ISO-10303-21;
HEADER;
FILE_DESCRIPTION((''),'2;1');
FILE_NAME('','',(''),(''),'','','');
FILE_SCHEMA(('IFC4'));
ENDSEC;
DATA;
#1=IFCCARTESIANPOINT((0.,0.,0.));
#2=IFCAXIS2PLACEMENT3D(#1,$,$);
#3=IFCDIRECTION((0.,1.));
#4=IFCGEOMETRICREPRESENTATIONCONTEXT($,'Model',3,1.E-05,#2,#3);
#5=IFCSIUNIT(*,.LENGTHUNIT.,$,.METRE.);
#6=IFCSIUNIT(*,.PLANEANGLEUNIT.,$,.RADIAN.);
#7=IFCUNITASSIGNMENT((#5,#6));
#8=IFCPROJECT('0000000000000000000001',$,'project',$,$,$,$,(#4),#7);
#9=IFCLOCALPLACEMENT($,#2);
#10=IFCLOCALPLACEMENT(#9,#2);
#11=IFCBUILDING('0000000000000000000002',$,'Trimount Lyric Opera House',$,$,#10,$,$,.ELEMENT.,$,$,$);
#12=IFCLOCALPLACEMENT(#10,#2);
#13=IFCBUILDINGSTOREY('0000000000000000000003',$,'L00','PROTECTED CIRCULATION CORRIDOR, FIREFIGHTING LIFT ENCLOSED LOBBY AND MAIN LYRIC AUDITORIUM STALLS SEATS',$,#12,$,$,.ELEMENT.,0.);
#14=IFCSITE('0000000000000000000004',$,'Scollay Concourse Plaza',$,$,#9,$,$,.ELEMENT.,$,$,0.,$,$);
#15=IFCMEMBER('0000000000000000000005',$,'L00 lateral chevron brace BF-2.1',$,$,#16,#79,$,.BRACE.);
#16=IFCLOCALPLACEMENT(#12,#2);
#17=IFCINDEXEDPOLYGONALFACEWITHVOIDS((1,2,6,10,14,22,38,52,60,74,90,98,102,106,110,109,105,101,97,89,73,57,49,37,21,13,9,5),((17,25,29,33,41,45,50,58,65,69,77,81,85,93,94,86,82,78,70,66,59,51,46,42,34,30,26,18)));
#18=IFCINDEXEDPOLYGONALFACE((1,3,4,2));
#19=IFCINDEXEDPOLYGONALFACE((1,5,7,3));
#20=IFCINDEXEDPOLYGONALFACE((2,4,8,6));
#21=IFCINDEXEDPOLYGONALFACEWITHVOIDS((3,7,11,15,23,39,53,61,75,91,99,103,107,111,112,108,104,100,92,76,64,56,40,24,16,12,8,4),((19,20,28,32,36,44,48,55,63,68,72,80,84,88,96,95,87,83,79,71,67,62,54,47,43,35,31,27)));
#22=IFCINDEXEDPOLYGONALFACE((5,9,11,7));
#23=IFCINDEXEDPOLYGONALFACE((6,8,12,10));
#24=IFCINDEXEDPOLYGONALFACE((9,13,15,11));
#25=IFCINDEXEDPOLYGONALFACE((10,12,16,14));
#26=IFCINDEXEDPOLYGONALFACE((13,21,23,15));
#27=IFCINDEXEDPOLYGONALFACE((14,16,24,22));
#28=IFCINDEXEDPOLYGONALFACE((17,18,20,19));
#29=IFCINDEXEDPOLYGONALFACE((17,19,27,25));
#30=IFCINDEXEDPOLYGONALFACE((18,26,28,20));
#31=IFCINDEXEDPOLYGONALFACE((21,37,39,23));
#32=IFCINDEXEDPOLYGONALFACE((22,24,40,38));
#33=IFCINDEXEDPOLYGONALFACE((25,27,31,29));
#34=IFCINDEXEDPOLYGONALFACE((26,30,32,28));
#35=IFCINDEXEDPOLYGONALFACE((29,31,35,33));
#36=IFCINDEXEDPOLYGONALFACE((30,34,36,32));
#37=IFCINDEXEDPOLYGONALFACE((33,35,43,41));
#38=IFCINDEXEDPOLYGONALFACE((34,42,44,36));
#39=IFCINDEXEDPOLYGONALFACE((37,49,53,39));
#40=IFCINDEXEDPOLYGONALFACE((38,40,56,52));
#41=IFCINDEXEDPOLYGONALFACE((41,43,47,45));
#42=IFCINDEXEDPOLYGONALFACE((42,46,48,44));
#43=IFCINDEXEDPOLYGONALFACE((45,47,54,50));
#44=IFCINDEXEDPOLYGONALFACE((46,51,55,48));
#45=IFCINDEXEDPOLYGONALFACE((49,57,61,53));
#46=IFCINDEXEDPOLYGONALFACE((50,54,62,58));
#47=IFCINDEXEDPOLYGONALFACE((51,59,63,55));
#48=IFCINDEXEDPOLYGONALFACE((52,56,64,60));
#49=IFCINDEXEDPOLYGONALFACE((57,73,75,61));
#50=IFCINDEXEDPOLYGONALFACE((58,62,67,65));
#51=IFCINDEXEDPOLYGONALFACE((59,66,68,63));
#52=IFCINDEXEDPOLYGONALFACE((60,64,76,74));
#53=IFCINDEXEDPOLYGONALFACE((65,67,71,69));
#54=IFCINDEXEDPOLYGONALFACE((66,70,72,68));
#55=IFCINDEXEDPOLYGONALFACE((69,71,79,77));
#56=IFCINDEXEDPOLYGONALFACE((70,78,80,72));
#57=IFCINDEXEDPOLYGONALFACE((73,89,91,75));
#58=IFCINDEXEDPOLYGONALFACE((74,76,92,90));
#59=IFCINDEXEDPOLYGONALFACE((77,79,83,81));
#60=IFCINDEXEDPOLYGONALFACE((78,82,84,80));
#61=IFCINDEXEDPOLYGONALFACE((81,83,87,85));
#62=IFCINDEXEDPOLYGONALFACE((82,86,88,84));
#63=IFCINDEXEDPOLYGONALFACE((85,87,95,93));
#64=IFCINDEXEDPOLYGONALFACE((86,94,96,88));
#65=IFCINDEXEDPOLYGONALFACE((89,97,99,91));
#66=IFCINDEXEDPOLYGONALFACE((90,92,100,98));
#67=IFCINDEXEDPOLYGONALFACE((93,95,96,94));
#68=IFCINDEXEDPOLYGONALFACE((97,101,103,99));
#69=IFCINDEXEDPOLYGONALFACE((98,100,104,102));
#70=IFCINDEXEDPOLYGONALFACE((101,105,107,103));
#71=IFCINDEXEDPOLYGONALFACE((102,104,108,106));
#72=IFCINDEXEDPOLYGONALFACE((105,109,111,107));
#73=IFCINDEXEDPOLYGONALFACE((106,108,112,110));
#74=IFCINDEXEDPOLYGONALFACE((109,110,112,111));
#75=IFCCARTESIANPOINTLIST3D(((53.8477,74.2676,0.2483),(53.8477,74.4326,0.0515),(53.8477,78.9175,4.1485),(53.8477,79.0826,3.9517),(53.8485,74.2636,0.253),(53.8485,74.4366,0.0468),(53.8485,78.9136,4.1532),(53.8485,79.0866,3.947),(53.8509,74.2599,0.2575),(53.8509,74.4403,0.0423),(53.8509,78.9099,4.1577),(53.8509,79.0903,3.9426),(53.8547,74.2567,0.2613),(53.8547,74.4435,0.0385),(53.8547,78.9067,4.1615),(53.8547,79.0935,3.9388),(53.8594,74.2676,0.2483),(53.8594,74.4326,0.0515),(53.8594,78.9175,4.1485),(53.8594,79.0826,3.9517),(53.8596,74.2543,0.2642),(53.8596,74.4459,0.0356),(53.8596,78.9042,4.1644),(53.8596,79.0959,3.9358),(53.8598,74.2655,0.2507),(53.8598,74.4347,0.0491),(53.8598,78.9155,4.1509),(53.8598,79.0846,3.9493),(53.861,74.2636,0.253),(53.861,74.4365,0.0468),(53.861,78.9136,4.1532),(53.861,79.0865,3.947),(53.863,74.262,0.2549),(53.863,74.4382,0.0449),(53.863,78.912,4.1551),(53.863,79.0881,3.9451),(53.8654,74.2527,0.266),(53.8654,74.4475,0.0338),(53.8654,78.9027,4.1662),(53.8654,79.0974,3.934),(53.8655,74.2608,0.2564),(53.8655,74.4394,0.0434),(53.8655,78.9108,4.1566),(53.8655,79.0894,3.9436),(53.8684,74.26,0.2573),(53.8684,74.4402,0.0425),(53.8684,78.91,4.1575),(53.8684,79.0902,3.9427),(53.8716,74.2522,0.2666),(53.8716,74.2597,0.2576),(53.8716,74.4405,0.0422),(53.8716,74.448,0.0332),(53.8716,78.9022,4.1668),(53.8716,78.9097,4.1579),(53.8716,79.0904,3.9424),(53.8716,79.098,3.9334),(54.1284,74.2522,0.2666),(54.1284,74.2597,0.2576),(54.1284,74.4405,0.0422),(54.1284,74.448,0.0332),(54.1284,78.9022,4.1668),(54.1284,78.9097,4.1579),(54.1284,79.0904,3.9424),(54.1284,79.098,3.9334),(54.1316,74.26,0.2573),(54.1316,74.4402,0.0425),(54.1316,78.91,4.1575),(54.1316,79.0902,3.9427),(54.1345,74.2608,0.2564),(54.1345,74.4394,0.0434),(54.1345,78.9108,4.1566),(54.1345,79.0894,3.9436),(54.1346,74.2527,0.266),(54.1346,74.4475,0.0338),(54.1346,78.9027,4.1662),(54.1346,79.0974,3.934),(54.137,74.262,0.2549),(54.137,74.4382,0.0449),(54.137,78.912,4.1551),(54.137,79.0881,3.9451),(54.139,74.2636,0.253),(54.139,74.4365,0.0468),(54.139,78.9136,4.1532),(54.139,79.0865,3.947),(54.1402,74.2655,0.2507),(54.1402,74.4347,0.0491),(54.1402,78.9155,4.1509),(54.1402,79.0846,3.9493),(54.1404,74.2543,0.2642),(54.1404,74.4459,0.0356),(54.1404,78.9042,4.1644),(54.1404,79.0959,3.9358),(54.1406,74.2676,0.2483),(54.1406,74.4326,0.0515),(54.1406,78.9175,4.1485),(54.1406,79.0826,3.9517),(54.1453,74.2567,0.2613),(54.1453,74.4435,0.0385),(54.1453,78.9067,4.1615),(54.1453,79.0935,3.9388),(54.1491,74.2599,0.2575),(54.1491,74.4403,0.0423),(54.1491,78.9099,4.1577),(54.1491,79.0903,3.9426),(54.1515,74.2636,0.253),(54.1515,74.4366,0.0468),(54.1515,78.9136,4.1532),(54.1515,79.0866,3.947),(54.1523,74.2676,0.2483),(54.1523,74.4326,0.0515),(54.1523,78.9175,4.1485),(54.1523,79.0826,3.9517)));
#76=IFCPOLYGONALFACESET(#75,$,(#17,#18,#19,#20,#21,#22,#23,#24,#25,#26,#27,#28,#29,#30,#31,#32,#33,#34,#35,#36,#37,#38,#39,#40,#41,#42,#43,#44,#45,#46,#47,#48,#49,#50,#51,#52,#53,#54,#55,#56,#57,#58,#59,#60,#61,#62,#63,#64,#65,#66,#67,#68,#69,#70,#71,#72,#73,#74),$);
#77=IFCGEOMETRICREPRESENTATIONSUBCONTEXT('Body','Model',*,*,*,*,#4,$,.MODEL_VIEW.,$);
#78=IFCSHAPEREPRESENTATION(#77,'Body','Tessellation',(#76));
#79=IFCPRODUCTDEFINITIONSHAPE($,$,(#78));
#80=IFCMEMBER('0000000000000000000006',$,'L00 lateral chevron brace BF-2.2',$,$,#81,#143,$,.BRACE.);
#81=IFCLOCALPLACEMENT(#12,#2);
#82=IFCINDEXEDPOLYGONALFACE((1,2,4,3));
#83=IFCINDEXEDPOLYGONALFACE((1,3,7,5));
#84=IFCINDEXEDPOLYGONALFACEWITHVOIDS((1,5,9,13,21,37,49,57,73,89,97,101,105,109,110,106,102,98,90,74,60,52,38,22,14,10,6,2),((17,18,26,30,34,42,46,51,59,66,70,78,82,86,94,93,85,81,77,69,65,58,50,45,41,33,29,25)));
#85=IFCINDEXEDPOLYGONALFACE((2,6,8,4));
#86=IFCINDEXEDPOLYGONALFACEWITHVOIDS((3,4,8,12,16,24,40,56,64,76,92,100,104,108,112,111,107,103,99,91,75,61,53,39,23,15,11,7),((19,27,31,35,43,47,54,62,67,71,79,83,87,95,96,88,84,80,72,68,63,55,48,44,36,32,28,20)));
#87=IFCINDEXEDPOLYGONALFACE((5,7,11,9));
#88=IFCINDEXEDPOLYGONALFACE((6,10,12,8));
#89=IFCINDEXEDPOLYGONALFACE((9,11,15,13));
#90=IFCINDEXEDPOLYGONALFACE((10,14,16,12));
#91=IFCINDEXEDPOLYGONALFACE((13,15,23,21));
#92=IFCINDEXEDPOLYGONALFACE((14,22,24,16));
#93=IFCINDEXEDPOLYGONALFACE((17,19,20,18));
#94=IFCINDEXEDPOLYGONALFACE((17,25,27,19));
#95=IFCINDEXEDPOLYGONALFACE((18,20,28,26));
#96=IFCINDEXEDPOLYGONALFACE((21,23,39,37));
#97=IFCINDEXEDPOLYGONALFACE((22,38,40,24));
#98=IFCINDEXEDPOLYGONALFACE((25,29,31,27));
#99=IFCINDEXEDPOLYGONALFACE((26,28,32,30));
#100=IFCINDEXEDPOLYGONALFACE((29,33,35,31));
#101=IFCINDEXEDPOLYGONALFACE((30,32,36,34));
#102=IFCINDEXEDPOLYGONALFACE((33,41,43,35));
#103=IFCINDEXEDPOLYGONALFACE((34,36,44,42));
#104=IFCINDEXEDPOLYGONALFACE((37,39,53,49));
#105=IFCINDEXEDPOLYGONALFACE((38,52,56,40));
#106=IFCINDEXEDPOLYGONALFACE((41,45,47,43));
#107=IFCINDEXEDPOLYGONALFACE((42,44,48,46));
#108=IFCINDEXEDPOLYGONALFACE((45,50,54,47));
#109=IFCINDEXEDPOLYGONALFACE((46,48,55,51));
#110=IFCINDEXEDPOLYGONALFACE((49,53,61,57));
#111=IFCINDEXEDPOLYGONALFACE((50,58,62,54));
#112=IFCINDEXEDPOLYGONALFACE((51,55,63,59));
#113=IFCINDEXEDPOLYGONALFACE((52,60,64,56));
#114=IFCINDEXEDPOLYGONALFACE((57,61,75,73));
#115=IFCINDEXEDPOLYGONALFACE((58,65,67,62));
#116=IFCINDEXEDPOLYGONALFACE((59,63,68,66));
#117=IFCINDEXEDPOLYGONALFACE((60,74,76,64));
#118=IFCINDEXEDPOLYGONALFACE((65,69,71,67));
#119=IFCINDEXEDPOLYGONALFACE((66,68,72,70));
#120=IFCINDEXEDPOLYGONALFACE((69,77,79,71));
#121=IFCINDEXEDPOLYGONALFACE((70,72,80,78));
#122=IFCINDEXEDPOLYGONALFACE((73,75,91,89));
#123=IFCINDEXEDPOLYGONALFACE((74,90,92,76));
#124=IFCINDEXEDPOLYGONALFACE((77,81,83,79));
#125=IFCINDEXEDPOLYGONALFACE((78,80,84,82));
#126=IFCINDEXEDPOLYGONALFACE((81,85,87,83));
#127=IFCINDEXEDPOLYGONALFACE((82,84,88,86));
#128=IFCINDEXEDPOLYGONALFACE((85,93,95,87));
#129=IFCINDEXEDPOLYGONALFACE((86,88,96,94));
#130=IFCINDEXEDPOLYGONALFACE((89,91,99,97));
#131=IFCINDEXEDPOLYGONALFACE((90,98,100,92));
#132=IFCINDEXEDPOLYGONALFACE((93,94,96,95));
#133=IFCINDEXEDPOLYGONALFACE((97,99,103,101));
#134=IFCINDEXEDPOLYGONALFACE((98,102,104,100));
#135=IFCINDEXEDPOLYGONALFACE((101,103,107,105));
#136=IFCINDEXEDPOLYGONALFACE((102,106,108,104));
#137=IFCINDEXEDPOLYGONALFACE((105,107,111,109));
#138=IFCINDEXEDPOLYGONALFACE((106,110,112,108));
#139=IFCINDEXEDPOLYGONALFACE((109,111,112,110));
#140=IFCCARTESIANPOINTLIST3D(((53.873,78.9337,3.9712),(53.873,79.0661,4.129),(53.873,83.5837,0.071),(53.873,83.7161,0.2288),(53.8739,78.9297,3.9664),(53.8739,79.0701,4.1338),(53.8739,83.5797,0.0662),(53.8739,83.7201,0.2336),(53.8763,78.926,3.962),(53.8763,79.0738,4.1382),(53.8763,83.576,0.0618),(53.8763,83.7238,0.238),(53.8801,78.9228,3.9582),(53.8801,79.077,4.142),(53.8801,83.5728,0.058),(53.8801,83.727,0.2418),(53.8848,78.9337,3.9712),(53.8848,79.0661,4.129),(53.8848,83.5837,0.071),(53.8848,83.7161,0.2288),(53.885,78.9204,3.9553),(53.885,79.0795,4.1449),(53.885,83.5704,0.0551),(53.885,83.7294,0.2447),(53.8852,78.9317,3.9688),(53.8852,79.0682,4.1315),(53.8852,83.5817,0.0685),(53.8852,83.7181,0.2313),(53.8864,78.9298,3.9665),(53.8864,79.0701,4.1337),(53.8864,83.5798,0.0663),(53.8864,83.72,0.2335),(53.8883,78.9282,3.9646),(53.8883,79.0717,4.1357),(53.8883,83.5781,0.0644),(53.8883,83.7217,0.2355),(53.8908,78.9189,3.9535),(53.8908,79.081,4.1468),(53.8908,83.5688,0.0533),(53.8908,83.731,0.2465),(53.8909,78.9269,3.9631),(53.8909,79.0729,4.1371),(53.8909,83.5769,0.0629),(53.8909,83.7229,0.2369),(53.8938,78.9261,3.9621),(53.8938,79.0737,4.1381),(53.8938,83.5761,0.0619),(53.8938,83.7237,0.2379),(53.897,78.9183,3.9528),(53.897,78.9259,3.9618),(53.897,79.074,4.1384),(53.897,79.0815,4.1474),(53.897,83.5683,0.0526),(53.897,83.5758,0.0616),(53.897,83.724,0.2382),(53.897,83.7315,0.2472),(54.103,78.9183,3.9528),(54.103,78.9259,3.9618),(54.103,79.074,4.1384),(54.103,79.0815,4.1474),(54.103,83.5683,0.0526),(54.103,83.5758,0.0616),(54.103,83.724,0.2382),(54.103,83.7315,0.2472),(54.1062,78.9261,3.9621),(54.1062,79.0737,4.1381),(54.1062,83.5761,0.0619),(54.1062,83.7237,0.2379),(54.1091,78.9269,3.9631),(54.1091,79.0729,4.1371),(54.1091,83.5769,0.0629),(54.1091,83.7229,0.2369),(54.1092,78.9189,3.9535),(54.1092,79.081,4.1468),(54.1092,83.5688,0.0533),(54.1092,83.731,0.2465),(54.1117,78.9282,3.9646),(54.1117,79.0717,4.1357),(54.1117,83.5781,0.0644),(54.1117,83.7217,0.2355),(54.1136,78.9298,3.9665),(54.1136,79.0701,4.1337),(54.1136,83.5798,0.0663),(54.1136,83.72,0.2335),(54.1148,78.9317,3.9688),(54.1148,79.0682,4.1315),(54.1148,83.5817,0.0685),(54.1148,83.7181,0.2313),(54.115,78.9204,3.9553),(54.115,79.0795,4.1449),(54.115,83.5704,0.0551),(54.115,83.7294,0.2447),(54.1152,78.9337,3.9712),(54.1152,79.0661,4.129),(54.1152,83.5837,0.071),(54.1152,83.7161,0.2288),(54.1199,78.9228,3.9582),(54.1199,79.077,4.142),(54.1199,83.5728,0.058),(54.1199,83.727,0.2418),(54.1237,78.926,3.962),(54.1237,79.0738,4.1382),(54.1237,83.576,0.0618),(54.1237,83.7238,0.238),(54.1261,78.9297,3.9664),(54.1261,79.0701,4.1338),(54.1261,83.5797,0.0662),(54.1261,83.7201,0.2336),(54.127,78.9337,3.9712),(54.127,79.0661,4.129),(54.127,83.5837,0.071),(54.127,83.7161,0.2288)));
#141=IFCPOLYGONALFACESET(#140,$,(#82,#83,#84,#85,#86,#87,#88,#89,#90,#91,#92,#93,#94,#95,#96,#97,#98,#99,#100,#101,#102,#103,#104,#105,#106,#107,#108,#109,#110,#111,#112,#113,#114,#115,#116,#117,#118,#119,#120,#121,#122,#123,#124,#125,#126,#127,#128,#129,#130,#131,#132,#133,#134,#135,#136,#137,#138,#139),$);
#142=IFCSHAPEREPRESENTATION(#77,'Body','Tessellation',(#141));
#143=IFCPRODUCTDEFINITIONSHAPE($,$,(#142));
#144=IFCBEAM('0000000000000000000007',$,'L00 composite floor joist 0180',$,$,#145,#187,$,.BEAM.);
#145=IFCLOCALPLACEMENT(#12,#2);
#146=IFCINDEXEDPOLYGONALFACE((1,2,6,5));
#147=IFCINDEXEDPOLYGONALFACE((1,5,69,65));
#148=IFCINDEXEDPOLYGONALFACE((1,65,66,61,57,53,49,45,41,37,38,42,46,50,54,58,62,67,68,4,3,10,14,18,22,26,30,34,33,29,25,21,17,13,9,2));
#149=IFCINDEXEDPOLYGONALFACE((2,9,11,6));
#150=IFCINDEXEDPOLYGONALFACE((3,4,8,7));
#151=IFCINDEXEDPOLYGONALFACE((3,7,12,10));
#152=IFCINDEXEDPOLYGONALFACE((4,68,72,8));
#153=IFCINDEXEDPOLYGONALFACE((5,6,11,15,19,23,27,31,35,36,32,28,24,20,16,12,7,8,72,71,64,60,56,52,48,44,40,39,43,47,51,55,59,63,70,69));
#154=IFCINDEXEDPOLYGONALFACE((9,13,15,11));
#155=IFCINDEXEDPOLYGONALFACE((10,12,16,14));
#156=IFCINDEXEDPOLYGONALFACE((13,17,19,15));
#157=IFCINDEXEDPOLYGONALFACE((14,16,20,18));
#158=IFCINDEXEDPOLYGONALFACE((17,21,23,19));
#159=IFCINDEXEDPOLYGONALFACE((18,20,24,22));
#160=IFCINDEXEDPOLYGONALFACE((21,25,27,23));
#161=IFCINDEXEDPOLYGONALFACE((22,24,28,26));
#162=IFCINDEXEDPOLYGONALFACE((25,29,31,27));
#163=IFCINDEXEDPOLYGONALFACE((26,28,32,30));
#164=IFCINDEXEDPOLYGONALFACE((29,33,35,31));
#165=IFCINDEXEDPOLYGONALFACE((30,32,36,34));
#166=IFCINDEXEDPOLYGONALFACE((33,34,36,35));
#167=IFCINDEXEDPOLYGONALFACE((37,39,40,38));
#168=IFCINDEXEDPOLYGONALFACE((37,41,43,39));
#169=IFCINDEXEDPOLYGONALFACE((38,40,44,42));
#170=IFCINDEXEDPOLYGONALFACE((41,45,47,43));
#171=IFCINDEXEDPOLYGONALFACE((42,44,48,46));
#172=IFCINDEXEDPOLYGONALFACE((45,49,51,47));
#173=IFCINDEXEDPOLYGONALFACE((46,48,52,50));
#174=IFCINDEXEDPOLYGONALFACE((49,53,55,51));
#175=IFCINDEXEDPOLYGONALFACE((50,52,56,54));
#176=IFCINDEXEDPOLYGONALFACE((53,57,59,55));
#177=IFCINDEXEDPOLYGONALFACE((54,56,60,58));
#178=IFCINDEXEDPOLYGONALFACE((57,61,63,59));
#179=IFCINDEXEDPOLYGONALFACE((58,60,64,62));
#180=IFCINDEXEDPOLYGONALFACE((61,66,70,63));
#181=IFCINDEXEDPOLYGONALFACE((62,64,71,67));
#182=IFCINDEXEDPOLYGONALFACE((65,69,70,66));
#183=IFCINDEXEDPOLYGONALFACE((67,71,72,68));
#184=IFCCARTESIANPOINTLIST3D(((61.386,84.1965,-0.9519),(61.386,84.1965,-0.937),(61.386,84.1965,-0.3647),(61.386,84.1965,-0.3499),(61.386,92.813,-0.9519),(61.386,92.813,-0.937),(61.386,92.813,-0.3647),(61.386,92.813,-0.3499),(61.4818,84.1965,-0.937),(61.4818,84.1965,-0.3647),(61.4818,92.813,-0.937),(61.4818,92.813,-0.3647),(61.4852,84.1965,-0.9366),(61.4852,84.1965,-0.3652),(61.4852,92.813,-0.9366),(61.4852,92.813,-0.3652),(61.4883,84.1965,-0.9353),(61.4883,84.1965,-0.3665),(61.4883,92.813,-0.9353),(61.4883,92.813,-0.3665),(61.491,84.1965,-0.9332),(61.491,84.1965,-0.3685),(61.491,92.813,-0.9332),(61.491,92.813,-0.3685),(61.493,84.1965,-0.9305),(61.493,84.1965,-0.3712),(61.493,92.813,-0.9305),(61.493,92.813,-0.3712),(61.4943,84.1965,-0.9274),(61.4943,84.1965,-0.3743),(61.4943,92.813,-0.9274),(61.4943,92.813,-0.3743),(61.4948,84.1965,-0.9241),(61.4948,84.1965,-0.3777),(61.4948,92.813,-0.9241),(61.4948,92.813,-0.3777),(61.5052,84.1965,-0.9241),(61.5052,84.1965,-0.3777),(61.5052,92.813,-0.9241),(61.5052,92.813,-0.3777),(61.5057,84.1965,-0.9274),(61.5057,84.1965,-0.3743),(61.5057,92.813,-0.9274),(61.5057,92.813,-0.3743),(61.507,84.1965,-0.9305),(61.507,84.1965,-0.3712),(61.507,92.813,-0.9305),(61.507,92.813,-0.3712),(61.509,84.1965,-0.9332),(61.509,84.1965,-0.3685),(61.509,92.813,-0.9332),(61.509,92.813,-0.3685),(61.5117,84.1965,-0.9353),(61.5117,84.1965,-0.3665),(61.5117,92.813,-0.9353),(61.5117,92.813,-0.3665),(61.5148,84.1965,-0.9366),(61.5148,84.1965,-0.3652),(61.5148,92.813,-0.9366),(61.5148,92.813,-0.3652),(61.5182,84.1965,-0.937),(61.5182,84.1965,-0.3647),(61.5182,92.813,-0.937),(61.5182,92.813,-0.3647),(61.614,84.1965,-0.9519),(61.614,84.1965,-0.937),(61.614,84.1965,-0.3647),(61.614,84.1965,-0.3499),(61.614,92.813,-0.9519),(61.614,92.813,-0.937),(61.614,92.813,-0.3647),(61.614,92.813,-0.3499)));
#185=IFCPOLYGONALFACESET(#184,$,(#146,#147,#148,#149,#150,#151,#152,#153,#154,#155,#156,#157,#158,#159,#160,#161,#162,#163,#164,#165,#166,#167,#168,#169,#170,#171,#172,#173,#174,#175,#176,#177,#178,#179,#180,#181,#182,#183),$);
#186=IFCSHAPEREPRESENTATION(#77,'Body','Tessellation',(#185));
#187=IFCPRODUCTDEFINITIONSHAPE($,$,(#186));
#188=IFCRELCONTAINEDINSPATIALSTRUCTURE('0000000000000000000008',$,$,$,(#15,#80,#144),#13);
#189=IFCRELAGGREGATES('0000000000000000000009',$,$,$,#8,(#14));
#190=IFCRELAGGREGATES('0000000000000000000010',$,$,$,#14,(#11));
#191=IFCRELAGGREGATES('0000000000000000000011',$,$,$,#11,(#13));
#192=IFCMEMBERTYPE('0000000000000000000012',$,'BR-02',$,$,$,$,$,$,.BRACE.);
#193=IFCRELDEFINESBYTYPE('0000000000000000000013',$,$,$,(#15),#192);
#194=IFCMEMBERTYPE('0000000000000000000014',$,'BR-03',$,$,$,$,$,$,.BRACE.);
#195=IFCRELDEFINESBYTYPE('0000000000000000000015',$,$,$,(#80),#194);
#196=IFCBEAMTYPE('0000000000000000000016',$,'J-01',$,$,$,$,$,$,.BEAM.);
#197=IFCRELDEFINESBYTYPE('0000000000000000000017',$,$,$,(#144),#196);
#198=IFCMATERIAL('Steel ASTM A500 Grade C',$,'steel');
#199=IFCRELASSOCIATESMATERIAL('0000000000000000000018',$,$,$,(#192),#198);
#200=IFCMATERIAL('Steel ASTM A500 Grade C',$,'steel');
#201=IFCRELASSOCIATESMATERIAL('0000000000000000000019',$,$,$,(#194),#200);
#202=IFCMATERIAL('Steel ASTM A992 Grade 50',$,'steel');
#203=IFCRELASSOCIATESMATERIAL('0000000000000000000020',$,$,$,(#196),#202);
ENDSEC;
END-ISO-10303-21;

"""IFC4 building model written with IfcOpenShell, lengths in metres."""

from ifc_helpers import new_model, si_unit, direction, frame, origin, origin_2d, place, context, subcontext, project, spatial, hollow_rectangle, i_section, extrude, material, material_profile, profile_set, type_object, element, save


model = new_model("IFC4")

# Units and contexts
model_context = context("Model", 3, precision=1e-05, world=origin(), true_north=direction((0.0, 1.0)))
body_context = subcontext(model_context, "Body", "Model", "MODEL_VIEW")
ifc_project = project(units=[si_unit("LENGTHUNIT", "METRE"), si_unit("PLANEANGLEUNIT", "RADIAN")], contexts=[model_context])

# Site, building, storey
site_placement = place(None, origin())
site = spatial("IfcSite", under=ifc_project, at=site_placement, Name="Scollay Concourse Plaza", CompositionType="ELEMENT", RefElevation=0.0)
building_placement = place(site_placement, origin())
building = spatial("IfcBuilding", under=site, at=building_placement, Name="Trimount Lyric Opera House", CompositionType="ELEMENT")
storey_placement = place(building_placement, origin())
storey = spatial("IfcBuildingStorey", under=building, at=storey_placement, Name="L00", Description="PROTECTED CIRCULATION CORRIDOR, FIREFIGHTING LIFT ENCLOSED LOBBY AND MAIN LYRIC AUDITORIUM STALLS SEATS", CompositionType="ELEMENT", Elevation=0.0)

# Members
ifc_material_1 = material(Name="Steel ASTM A500 Grade C", Category="steel")
ifc_material_profile_1 = material_profile(ifc_material_1, hollow_rectangle(XDim=0.3047, YDim=0.3047, WallThickness=0.0117, InnerFilletRadius=0.0122, OuterFilletRadius=0.0239, at=origin_2d()), Name="HSS304.8X304.8X12.7")
ifc_profile_set_1 = profile_set([ifc_material_profile_1], Name="Steel ASTM A500 Grade C")
member_type_1 = type_object("IfcMemberType", Name="BR-02", PredefinedType="BRACE", material=ifc_profile_set_1)
member_1_placement = place(storey_placement, frame((54.0, 74.3501, 0.1499), z_axis=(0.0, 0.766173, 0.642634), x_axis=(-1.0, 0.0, 0.0)))
element("IfcMember", 1, at=member_1_placement, inside=storey, type_object=member_type_1, Name="L00 lateral chevron brace BF-2.1", PredefinedType="BRACE", context=body_context, shape_type="SweptSolid", body=[
    extrude(hollow_rectangle(XDim=0.3047, YDim=0.3047, WallThickness=0.0117, InnerFilletRadius=0.0122, OuterFilletRadius=0.0239, at=origin_2d()), origin(), (0.0, 0.0, 1.0), 6.0691),
])
ifc_material_2 = material(Name="Steel ASTM A500 Grade C", Category="steel")
ifc_material_profile_2 = material_profile(ifc_material_2, hollow_rectangle(XDim=0.2539, YDim=0.2539, WallThickness=0.0117, InnerFilletRadius=0.0122, OuterFilletRadius=0.0239, at=origin_2d()), Name="HSS254.0X254.0X12.7")
ifc_profile_set_2 = profile_set([ifc_material_profile_2], Name="Steel ASTM A500 Grade C")
member_type_2 = type_object("IfcMemberType", Name="BR-03", PredefinedType="BRACE", material=ifc_profile_set_2)
member_2_placement = place(storey_placement, frame((54.0, 83.6499, 0.1499), z_axis=(0.0, -0.766173, 0.642634), x_axis=(1.0, 0.0, 0.0)))
element("IfcMember", 2, at=member_2_placement, inside=storey, type_object=member_type_2, Name="L00 lateral chevron brace BF-2.2", PredefinedType="BRACE", context=body_context, shape_type="SweptSolid", body=[
    extrude(hollow_rectangle(XDim=0.2539, YDim=0.2539, WallThickness=0.0117, InnerFilletRadius=0.0122, OuterFilletRadius=0.0239, at=origin_2d()), origin(), (0.0, 0.0, 1.0), 6.0691),
])

# Beam
ifc_material_3 = material(Name="Steel ASTM A992 Grade 50", Category="steel")
ifc_material_profile_3 = material_profile(ifc_material_3, i_section(OverallWidth=0.228, OverallDepth=0.6021, WebThickness=0.0105, FlangeThickness=0.0149, FilletRadius=0.0129, at=origin_2d()), Name="W24X68")
ifc_profile_set_3 = profile_set([ifc_material_profile_3], Name="Steel ASTM A992 Grade 50")
beam_type_1 = type_object("IfcBeamType", Name="J-01", PredefinedType="BEAM", material=ifc_profile_set_3)
beam_1_placement = place(storey_placement, frame((61.5, 84.1965, -0.6509), z_axis=(0.0, 1.0, 0.0), x_axis=(-1.0, 0.0, 0.0)))
element("IfcBeam", 3, at=beam_1_placement, inside=storey, type_object=beam_type_1, Name="L00 composite floor joist 0180", PredefinedType="BEAM", context=body_context, shape_type="SweptSolid", body=[
    extrude(i_section(OverallWidth=0.228, OverallDepth=0.6021, WebThickness=0.0105, FlangeThickness=0.0149, FilletRadius=0.0129, at=origin_2d()), origin(), (0.0, 0.0, 1.0), 8.6165),
])

save(model, "model.ifc")
